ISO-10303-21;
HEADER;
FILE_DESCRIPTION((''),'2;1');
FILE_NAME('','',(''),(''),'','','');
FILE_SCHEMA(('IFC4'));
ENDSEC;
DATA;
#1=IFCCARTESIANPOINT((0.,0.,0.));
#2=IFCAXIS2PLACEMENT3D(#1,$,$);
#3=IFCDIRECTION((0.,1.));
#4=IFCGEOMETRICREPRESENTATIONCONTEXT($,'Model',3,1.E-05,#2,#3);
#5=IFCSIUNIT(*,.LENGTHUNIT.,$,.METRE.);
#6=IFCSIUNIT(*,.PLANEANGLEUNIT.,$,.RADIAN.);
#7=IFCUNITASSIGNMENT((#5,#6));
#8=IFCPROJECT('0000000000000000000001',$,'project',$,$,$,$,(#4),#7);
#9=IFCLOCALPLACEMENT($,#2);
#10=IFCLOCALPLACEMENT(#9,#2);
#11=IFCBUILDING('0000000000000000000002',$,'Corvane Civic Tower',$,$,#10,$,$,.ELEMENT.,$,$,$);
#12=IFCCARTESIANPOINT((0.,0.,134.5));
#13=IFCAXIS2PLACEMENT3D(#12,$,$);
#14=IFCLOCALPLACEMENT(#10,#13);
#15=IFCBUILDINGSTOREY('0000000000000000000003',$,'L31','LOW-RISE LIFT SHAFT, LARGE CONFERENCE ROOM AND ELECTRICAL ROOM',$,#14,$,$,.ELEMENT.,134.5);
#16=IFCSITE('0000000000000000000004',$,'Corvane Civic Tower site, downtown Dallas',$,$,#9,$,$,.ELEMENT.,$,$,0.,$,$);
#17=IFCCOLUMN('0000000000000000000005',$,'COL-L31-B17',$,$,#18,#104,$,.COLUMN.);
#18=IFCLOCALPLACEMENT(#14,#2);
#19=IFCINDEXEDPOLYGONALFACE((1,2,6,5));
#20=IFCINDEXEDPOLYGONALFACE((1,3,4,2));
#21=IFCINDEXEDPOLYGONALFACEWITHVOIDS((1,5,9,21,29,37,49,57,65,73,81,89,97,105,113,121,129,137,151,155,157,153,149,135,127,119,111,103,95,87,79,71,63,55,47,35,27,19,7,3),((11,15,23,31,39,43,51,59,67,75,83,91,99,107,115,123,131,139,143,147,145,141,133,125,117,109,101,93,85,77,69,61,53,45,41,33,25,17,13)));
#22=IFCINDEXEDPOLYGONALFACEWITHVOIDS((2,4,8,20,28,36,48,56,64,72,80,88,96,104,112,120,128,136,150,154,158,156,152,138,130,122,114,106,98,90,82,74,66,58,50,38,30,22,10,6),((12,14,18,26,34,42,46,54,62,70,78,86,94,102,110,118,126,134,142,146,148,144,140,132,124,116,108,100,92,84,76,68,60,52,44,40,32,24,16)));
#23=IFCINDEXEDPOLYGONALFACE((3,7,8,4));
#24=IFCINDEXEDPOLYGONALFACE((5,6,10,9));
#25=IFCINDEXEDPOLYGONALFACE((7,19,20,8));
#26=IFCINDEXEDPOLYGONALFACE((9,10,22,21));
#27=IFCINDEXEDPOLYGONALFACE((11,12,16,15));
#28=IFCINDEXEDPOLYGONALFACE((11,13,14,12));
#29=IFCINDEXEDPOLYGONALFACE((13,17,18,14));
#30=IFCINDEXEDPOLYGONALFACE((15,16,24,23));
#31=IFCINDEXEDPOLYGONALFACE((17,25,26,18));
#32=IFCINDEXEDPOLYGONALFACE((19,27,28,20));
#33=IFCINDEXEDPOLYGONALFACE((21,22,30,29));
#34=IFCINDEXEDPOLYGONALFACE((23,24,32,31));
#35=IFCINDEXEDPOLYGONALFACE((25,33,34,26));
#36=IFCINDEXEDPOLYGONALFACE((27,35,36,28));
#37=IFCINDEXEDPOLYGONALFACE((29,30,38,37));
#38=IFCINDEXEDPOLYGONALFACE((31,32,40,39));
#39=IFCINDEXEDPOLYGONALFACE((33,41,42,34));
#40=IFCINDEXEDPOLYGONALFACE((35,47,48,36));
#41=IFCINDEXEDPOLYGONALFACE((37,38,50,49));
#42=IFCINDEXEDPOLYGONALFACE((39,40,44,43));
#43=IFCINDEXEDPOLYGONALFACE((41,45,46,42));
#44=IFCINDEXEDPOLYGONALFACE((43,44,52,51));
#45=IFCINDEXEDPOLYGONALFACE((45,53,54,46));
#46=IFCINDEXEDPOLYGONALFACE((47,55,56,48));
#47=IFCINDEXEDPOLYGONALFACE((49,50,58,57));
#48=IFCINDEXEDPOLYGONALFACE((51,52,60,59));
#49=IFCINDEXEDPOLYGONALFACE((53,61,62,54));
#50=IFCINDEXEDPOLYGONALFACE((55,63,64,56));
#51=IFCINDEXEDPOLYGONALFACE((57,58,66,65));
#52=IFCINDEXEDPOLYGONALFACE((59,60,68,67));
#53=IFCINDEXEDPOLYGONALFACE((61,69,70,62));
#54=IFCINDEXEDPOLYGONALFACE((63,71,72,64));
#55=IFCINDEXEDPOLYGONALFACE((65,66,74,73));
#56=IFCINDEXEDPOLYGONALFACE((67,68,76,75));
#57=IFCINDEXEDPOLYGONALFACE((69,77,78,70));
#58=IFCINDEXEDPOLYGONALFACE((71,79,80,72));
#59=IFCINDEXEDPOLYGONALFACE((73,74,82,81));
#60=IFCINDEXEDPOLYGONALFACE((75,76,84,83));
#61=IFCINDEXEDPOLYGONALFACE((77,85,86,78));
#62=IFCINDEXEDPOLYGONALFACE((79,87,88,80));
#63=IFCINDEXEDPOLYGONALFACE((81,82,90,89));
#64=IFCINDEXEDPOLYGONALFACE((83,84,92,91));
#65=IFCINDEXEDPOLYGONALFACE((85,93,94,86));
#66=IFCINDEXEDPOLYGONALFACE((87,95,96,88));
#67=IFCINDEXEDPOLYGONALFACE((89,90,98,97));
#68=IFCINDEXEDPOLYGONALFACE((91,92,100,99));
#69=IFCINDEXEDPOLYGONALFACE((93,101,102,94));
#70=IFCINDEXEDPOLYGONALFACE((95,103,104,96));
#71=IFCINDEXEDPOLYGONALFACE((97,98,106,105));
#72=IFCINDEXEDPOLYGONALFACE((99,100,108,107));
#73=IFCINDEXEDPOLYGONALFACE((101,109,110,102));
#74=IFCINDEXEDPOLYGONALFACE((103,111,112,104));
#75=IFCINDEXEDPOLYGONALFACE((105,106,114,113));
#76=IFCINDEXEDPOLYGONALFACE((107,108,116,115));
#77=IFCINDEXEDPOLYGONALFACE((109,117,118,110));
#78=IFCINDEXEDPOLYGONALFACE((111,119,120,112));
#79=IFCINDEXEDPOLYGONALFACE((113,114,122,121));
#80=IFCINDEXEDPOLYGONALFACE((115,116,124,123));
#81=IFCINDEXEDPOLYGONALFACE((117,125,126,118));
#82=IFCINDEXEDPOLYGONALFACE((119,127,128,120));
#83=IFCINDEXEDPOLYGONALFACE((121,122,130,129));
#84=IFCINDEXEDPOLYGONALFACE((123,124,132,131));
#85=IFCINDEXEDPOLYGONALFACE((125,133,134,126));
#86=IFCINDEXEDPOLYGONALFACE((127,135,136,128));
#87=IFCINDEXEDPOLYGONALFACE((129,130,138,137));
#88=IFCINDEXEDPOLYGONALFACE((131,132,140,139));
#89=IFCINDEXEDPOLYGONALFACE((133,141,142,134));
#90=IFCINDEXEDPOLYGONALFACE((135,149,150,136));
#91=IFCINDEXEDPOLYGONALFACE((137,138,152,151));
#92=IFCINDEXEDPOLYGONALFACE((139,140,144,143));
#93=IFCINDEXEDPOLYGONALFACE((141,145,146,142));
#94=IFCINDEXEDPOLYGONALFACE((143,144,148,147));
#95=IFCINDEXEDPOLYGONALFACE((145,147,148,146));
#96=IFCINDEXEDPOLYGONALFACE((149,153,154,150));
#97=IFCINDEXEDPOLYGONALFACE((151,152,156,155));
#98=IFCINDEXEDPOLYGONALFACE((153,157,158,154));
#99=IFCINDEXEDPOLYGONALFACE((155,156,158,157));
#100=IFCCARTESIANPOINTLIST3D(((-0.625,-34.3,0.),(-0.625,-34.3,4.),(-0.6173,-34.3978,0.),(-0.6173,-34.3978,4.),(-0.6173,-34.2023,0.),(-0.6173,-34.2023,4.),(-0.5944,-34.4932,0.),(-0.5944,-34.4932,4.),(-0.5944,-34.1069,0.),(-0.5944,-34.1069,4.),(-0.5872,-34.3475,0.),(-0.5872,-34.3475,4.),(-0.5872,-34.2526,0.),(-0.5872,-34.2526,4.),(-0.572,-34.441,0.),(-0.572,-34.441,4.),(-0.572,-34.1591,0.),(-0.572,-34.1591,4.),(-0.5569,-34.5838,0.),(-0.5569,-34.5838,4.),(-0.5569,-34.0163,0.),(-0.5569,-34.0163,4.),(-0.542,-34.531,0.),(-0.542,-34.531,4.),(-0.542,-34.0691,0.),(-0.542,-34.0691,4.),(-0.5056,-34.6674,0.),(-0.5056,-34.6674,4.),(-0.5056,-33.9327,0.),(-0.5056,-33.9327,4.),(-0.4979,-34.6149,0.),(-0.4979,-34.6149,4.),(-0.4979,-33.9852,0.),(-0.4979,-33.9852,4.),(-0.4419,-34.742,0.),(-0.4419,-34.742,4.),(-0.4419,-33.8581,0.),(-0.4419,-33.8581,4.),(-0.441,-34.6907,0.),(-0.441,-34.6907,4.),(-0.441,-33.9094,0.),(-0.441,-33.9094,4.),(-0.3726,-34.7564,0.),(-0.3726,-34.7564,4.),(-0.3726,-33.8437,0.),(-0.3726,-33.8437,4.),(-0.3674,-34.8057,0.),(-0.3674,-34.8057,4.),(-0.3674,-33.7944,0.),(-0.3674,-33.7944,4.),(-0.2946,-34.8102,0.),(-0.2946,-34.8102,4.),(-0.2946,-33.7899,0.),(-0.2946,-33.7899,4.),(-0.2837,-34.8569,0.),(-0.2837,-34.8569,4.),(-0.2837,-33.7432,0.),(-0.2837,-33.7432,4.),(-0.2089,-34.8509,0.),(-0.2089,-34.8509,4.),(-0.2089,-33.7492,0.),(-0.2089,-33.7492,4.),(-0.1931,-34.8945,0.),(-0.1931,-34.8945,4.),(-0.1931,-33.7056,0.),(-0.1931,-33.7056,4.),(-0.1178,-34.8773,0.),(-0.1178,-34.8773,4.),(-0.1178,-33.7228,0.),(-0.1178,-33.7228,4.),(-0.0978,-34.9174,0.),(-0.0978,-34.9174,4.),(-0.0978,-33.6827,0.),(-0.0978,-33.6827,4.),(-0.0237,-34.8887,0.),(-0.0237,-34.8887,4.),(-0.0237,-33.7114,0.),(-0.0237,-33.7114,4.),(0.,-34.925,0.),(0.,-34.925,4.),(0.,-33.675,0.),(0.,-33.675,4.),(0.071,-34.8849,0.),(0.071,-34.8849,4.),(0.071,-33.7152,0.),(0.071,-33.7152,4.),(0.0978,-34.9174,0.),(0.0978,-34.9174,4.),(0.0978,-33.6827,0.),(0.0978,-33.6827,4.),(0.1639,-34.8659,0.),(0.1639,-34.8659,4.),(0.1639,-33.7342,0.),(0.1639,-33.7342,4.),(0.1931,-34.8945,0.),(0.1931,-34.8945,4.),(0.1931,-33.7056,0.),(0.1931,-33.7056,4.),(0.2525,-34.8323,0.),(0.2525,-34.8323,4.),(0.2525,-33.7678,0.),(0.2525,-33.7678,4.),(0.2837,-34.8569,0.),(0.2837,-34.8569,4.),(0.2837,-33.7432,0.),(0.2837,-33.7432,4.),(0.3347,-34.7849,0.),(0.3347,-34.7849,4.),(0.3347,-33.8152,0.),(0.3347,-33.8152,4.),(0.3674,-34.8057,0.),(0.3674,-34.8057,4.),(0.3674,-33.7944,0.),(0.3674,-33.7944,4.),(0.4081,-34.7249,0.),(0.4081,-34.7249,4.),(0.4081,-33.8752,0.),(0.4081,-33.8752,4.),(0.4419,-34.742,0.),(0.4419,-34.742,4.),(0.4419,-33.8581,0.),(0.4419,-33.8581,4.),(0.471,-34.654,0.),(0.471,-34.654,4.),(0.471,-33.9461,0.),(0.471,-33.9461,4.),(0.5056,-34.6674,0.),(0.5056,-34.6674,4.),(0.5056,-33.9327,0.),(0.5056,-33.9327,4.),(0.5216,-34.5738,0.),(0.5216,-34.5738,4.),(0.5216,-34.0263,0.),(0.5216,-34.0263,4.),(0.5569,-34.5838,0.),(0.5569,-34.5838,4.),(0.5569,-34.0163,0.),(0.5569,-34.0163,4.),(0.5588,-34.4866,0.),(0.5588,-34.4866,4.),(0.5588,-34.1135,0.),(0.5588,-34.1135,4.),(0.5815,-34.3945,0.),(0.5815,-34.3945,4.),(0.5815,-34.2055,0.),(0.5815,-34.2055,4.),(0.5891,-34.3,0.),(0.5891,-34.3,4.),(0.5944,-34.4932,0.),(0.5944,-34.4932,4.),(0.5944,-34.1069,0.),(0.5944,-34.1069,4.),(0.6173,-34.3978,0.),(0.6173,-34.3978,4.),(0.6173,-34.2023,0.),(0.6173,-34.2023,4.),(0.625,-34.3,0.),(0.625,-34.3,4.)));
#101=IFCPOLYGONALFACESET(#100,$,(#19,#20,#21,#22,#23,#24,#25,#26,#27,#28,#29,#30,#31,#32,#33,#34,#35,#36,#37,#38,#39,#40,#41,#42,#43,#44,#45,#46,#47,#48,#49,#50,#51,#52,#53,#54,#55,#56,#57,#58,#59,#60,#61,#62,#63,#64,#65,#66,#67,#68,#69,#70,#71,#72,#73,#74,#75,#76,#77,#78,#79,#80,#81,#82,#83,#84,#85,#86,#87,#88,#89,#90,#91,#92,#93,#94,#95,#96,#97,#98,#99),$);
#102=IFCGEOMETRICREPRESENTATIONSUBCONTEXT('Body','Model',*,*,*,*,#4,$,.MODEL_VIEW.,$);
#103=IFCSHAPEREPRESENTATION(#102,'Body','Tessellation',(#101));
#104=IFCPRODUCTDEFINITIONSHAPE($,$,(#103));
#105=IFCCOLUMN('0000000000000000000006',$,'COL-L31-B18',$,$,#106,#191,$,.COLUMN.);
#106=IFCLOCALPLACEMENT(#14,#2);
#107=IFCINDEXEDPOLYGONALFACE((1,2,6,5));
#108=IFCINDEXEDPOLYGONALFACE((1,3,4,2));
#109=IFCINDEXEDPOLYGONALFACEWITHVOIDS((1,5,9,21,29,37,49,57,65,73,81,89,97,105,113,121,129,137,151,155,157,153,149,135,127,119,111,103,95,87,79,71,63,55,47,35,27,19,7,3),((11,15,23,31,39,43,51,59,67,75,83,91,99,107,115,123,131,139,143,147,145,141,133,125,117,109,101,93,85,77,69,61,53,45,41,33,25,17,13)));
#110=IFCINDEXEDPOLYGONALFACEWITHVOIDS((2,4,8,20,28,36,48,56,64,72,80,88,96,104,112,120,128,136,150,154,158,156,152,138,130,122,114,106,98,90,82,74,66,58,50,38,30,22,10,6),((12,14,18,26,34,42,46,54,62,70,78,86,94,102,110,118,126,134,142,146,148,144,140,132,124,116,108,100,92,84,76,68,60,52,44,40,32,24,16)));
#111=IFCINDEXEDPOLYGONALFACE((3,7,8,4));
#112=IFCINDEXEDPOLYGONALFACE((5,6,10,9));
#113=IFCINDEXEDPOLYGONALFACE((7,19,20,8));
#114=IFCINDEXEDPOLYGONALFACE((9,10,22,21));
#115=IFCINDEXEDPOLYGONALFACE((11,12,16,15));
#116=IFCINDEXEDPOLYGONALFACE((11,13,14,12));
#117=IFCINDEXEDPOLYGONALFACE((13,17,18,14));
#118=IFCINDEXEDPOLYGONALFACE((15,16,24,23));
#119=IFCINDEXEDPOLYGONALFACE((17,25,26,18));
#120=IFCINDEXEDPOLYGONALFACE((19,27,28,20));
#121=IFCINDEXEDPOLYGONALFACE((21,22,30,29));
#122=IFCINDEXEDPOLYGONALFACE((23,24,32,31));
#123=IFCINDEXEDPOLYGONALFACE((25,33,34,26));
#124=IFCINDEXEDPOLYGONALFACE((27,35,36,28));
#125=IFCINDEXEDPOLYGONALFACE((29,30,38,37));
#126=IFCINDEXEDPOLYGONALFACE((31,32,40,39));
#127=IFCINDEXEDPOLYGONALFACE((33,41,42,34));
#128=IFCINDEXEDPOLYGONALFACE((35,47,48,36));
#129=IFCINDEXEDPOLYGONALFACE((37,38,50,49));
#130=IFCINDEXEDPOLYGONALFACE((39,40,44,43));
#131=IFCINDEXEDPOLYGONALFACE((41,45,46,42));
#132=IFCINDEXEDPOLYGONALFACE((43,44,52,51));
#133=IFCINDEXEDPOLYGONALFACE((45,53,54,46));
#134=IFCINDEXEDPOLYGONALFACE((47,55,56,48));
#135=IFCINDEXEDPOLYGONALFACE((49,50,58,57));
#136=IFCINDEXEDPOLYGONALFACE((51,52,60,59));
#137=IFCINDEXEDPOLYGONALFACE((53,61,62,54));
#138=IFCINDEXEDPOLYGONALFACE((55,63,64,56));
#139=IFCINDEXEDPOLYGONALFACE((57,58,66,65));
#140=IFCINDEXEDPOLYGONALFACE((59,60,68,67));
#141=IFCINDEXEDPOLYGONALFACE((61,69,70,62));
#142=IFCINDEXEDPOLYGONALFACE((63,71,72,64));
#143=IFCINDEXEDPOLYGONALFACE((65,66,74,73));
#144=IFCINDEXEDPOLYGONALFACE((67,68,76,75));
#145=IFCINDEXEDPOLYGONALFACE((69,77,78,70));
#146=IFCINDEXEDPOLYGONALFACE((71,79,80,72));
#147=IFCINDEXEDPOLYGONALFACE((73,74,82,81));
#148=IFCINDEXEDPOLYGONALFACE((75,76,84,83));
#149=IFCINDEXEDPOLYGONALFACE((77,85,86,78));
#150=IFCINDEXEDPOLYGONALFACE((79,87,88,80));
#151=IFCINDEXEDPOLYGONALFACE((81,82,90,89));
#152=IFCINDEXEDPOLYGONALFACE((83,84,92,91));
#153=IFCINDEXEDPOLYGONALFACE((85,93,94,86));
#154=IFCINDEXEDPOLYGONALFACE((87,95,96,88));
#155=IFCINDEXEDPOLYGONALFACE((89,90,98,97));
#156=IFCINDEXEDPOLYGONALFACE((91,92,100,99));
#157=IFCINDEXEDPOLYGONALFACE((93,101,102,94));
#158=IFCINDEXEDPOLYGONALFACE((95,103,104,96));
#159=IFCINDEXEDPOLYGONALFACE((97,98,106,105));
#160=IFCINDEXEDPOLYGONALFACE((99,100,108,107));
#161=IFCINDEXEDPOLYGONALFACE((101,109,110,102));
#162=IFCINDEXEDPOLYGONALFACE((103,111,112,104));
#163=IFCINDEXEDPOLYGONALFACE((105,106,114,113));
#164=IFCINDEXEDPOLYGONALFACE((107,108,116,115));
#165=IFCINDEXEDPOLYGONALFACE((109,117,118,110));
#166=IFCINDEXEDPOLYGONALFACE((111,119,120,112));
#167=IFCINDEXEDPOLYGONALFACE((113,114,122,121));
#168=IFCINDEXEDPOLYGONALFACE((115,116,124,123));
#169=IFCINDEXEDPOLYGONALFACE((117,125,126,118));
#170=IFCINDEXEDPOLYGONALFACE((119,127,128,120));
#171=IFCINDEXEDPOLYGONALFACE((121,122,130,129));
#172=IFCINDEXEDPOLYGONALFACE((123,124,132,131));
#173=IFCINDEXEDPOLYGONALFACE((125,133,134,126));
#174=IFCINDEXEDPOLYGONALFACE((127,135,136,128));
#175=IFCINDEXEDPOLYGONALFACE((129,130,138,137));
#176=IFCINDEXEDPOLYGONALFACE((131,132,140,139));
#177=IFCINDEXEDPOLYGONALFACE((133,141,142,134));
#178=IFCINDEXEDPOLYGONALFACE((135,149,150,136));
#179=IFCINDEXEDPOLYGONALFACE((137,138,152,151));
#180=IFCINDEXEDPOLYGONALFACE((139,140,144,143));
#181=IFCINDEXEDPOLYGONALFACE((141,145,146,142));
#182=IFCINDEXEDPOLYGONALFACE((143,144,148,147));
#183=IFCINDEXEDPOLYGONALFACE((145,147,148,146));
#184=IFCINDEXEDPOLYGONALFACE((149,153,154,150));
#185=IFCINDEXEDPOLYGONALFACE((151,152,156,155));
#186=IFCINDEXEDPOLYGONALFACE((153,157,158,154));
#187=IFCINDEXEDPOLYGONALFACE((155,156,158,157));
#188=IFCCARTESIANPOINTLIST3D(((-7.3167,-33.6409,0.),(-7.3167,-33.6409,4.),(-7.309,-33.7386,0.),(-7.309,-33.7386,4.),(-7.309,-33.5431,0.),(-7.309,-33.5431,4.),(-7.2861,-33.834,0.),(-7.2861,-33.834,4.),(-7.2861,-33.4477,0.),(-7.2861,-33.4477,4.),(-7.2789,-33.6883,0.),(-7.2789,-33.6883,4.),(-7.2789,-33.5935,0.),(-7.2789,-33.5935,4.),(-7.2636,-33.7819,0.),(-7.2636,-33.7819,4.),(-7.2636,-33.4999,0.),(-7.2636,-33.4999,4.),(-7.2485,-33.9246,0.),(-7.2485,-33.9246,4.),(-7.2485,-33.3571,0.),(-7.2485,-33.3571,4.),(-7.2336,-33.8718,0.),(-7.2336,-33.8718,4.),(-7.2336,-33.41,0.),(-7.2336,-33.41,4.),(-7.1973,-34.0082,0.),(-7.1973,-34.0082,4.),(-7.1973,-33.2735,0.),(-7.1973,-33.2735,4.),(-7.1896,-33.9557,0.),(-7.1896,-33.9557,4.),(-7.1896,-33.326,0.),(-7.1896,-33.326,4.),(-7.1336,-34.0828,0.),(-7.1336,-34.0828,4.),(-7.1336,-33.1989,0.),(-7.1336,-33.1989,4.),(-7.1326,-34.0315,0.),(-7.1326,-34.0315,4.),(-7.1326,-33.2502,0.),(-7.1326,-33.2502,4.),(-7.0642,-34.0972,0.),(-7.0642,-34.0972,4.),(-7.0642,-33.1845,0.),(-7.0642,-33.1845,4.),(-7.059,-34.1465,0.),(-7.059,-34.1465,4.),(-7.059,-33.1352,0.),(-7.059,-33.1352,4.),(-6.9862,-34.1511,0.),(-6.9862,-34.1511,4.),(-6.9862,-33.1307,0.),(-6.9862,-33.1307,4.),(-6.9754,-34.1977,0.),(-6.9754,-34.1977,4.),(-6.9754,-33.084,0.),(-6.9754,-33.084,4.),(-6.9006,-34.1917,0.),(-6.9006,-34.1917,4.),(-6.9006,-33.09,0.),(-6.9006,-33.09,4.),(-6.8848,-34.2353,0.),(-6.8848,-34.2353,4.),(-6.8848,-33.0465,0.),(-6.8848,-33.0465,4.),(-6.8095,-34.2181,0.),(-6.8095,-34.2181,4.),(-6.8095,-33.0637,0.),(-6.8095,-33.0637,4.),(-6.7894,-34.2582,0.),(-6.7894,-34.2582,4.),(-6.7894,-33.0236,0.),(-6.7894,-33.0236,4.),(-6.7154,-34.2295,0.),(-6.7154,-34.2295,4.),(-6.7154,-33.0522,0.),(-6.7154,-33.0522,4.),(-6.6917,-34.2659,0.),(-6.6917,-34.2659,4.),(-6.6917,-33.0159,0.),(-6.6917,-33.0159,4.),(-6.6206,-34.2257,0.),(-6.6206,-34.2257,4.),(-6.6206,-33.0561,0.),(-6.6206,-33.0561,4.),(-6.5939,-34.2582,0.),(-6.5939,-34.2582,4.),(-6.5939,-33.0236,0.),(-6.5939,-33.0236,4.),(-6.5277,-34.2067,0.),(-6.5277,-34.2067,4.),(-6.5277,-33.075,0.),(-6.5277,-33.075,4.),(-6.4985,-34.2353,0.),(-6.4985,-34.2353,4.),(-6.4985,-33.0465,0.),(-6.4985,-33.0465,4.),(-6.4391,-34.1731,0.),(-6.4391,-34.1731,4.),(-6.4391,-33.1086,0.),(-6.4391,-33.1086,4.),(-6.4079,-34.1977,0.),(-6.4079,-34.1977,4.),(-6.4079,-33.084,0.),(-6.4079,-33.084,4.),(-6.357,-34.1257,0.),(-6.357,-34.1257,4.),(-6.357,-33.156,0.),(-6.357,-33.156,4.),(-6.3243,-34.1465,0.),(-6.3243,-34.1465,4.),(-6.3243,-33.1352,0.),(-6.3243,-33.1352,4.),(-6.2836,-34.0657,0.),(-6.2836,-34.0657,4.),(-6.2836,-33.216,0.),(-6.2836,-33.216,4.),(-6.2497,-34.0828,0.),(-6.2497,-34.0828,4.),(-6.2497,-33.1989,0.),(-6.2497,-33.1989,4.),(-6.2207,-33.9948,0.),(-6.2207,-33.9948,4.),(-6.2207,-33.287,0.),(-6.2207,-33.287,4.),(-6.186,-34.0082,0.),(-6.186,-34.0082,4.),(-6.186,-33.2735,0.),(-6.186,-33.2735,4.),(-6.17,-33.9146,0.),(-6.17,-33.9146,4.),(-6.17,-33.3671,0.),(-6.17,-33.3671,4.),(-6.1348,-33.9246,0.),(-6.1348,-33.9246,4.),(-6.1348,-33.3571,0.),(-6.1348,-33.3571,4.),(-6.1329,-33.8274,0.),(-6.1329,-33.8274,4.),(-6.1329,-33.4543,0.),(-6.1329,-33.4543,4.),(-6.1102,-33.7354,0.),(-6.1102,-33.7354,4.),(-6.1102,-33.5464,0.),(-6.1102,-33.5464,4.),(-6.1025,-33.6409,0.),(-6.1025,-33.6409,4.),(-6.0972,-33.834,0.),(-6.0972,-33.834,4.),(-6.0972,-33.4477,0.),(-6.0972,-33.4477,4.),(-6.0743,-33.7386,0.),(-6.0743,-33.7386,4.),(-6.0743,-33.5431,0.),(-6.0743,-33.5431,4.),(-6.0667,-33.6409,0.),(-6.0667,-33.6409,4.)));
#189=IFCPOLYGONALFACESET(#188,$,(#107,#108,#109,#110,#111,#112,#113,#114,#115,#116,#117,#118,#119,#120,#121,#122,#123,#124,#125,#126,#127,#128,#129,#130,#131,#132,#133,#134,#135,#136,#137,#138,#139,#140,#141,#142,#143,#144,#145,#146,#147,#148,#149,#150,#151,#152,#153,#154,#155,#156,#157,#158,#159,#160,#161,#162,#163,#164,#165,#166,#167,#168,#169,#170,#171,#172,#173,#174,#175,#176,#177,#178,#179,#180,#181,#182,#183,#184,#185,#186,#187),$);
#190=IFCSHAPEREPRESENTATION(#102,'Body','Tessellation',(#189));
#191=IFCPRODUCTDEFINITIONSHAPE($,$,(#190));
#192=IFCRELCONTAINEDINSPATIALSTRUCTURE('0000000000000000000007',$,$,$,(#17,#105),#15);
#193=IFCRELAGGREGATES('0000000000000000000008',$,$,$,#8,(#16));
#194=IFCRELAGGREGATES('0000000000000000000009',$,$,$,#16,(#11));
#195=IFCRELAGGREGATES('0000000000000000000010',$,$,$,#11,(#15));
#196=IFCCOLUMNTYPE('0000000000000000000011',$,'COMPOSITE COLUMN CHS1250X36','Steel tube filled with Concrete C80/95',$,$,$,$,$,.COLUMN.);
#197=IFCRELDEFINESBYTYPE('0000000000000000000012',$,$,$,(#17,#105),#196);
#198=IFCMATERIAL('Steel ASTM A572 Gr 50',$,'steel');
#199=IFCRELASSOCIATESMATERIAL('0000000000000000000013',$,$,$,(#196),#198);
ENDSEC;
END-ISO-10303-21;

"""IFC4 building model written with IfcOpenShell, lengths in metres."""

from ifc_helpers import new_model, si_unit, direction, frame, origin, origin_2d, place, context, subcontext, project, spatial, hollow_circle, extrude, material, material_profile, profile_set, type_object, element, save


model = new_model("IFC4")

# Units and contexts
model_context = context("Model", 3, precision=1e-05, world=origin(), true_north=direction((0.0, 1.0)))
body_context = subcontext(model_context, "Body", "Model", "MODEL_VIEW")
ifc_project = project(units=[si_unit("LENGTHUNIT", "METRE"), si_unit("PLANEANGLEUNIT", "RADIAN")], contexts=[model_context])

# Site, building, storey
site_placement = place(None, origin())
site = spatial("IfcSite", under=ifc_project, at=site_placement, Name="Corvane Civic Tower site, downtown Dallas", CompositionType="ELEMENT", RefElevation=0.0)
building_placement = place(site_placement, origin())
building = spatial("IfcBuilding", under=site, at=building_placement, Name="Corvane Civic Tower", CompositionType="ELEMENT")
storey_placement = place(building_placement, frame((0.0, 0.0, 134.5)))
storey = spatial("IfcBuildingStorey", under=building, at=storey_placement, Name="L31", Description="LOW-RISE LIFT SHAFT, LARGE CONFERENCE ROOM AND ELECTRICAL ROOM", CompositionType="ELEMENT", Elevation=134.5)

# Columns
ifc_material_1 = material(Name="Steel ASTM A572 Gr 50", Category="steel")
ifc_material_profile_1 = material_profile(ifc_material_1, hollow_circle(Radius=0.625, WallThickness=0.0359, at=origin_2d()), Name="CHS1250X36")
ifc_profile_set_1 = profile_set([ifc_material_profile_1], Name="Steel ASTM A572 Gr 50")
column_type = type_object("IfcColumnType", Name="COMPOSITE COLUMN CHS1250X36", Description="Steel tube filled with Concrete C80/95", PredefinedType="COLUMN", material=ifc_profile_set_1)
for number, where, z_axis, x_axis, name in (
    (1, (0.0, -34.3, 0.0), (0.0, 0.0, 1.0), (1.0, 0.0, 0.0), "COL-L31-B17"),
    (2, (-6.6917, -33.6409, 0.0), (0.0, 0.0, 1.0), (1.0, 0.0, 0.0), "COL-L31-B18"),
):
    element("IfcColumn", number, at=place(storey_placement, frame(where, z_axis=z_axis, x_axis=x_axis)), inside=storey, type_object=column_type, Name=name, PredefinedType="COLUMN", context=body_context, shape_type="SweptSolid", body=[
        extrude(hollow_circle(Radius=0.625, WallThickness=0.0359, at=origin_2d()), origin(), (0.0, 0.0, 1.0), 4.0),
    ])

save(model, "model.ifc")
